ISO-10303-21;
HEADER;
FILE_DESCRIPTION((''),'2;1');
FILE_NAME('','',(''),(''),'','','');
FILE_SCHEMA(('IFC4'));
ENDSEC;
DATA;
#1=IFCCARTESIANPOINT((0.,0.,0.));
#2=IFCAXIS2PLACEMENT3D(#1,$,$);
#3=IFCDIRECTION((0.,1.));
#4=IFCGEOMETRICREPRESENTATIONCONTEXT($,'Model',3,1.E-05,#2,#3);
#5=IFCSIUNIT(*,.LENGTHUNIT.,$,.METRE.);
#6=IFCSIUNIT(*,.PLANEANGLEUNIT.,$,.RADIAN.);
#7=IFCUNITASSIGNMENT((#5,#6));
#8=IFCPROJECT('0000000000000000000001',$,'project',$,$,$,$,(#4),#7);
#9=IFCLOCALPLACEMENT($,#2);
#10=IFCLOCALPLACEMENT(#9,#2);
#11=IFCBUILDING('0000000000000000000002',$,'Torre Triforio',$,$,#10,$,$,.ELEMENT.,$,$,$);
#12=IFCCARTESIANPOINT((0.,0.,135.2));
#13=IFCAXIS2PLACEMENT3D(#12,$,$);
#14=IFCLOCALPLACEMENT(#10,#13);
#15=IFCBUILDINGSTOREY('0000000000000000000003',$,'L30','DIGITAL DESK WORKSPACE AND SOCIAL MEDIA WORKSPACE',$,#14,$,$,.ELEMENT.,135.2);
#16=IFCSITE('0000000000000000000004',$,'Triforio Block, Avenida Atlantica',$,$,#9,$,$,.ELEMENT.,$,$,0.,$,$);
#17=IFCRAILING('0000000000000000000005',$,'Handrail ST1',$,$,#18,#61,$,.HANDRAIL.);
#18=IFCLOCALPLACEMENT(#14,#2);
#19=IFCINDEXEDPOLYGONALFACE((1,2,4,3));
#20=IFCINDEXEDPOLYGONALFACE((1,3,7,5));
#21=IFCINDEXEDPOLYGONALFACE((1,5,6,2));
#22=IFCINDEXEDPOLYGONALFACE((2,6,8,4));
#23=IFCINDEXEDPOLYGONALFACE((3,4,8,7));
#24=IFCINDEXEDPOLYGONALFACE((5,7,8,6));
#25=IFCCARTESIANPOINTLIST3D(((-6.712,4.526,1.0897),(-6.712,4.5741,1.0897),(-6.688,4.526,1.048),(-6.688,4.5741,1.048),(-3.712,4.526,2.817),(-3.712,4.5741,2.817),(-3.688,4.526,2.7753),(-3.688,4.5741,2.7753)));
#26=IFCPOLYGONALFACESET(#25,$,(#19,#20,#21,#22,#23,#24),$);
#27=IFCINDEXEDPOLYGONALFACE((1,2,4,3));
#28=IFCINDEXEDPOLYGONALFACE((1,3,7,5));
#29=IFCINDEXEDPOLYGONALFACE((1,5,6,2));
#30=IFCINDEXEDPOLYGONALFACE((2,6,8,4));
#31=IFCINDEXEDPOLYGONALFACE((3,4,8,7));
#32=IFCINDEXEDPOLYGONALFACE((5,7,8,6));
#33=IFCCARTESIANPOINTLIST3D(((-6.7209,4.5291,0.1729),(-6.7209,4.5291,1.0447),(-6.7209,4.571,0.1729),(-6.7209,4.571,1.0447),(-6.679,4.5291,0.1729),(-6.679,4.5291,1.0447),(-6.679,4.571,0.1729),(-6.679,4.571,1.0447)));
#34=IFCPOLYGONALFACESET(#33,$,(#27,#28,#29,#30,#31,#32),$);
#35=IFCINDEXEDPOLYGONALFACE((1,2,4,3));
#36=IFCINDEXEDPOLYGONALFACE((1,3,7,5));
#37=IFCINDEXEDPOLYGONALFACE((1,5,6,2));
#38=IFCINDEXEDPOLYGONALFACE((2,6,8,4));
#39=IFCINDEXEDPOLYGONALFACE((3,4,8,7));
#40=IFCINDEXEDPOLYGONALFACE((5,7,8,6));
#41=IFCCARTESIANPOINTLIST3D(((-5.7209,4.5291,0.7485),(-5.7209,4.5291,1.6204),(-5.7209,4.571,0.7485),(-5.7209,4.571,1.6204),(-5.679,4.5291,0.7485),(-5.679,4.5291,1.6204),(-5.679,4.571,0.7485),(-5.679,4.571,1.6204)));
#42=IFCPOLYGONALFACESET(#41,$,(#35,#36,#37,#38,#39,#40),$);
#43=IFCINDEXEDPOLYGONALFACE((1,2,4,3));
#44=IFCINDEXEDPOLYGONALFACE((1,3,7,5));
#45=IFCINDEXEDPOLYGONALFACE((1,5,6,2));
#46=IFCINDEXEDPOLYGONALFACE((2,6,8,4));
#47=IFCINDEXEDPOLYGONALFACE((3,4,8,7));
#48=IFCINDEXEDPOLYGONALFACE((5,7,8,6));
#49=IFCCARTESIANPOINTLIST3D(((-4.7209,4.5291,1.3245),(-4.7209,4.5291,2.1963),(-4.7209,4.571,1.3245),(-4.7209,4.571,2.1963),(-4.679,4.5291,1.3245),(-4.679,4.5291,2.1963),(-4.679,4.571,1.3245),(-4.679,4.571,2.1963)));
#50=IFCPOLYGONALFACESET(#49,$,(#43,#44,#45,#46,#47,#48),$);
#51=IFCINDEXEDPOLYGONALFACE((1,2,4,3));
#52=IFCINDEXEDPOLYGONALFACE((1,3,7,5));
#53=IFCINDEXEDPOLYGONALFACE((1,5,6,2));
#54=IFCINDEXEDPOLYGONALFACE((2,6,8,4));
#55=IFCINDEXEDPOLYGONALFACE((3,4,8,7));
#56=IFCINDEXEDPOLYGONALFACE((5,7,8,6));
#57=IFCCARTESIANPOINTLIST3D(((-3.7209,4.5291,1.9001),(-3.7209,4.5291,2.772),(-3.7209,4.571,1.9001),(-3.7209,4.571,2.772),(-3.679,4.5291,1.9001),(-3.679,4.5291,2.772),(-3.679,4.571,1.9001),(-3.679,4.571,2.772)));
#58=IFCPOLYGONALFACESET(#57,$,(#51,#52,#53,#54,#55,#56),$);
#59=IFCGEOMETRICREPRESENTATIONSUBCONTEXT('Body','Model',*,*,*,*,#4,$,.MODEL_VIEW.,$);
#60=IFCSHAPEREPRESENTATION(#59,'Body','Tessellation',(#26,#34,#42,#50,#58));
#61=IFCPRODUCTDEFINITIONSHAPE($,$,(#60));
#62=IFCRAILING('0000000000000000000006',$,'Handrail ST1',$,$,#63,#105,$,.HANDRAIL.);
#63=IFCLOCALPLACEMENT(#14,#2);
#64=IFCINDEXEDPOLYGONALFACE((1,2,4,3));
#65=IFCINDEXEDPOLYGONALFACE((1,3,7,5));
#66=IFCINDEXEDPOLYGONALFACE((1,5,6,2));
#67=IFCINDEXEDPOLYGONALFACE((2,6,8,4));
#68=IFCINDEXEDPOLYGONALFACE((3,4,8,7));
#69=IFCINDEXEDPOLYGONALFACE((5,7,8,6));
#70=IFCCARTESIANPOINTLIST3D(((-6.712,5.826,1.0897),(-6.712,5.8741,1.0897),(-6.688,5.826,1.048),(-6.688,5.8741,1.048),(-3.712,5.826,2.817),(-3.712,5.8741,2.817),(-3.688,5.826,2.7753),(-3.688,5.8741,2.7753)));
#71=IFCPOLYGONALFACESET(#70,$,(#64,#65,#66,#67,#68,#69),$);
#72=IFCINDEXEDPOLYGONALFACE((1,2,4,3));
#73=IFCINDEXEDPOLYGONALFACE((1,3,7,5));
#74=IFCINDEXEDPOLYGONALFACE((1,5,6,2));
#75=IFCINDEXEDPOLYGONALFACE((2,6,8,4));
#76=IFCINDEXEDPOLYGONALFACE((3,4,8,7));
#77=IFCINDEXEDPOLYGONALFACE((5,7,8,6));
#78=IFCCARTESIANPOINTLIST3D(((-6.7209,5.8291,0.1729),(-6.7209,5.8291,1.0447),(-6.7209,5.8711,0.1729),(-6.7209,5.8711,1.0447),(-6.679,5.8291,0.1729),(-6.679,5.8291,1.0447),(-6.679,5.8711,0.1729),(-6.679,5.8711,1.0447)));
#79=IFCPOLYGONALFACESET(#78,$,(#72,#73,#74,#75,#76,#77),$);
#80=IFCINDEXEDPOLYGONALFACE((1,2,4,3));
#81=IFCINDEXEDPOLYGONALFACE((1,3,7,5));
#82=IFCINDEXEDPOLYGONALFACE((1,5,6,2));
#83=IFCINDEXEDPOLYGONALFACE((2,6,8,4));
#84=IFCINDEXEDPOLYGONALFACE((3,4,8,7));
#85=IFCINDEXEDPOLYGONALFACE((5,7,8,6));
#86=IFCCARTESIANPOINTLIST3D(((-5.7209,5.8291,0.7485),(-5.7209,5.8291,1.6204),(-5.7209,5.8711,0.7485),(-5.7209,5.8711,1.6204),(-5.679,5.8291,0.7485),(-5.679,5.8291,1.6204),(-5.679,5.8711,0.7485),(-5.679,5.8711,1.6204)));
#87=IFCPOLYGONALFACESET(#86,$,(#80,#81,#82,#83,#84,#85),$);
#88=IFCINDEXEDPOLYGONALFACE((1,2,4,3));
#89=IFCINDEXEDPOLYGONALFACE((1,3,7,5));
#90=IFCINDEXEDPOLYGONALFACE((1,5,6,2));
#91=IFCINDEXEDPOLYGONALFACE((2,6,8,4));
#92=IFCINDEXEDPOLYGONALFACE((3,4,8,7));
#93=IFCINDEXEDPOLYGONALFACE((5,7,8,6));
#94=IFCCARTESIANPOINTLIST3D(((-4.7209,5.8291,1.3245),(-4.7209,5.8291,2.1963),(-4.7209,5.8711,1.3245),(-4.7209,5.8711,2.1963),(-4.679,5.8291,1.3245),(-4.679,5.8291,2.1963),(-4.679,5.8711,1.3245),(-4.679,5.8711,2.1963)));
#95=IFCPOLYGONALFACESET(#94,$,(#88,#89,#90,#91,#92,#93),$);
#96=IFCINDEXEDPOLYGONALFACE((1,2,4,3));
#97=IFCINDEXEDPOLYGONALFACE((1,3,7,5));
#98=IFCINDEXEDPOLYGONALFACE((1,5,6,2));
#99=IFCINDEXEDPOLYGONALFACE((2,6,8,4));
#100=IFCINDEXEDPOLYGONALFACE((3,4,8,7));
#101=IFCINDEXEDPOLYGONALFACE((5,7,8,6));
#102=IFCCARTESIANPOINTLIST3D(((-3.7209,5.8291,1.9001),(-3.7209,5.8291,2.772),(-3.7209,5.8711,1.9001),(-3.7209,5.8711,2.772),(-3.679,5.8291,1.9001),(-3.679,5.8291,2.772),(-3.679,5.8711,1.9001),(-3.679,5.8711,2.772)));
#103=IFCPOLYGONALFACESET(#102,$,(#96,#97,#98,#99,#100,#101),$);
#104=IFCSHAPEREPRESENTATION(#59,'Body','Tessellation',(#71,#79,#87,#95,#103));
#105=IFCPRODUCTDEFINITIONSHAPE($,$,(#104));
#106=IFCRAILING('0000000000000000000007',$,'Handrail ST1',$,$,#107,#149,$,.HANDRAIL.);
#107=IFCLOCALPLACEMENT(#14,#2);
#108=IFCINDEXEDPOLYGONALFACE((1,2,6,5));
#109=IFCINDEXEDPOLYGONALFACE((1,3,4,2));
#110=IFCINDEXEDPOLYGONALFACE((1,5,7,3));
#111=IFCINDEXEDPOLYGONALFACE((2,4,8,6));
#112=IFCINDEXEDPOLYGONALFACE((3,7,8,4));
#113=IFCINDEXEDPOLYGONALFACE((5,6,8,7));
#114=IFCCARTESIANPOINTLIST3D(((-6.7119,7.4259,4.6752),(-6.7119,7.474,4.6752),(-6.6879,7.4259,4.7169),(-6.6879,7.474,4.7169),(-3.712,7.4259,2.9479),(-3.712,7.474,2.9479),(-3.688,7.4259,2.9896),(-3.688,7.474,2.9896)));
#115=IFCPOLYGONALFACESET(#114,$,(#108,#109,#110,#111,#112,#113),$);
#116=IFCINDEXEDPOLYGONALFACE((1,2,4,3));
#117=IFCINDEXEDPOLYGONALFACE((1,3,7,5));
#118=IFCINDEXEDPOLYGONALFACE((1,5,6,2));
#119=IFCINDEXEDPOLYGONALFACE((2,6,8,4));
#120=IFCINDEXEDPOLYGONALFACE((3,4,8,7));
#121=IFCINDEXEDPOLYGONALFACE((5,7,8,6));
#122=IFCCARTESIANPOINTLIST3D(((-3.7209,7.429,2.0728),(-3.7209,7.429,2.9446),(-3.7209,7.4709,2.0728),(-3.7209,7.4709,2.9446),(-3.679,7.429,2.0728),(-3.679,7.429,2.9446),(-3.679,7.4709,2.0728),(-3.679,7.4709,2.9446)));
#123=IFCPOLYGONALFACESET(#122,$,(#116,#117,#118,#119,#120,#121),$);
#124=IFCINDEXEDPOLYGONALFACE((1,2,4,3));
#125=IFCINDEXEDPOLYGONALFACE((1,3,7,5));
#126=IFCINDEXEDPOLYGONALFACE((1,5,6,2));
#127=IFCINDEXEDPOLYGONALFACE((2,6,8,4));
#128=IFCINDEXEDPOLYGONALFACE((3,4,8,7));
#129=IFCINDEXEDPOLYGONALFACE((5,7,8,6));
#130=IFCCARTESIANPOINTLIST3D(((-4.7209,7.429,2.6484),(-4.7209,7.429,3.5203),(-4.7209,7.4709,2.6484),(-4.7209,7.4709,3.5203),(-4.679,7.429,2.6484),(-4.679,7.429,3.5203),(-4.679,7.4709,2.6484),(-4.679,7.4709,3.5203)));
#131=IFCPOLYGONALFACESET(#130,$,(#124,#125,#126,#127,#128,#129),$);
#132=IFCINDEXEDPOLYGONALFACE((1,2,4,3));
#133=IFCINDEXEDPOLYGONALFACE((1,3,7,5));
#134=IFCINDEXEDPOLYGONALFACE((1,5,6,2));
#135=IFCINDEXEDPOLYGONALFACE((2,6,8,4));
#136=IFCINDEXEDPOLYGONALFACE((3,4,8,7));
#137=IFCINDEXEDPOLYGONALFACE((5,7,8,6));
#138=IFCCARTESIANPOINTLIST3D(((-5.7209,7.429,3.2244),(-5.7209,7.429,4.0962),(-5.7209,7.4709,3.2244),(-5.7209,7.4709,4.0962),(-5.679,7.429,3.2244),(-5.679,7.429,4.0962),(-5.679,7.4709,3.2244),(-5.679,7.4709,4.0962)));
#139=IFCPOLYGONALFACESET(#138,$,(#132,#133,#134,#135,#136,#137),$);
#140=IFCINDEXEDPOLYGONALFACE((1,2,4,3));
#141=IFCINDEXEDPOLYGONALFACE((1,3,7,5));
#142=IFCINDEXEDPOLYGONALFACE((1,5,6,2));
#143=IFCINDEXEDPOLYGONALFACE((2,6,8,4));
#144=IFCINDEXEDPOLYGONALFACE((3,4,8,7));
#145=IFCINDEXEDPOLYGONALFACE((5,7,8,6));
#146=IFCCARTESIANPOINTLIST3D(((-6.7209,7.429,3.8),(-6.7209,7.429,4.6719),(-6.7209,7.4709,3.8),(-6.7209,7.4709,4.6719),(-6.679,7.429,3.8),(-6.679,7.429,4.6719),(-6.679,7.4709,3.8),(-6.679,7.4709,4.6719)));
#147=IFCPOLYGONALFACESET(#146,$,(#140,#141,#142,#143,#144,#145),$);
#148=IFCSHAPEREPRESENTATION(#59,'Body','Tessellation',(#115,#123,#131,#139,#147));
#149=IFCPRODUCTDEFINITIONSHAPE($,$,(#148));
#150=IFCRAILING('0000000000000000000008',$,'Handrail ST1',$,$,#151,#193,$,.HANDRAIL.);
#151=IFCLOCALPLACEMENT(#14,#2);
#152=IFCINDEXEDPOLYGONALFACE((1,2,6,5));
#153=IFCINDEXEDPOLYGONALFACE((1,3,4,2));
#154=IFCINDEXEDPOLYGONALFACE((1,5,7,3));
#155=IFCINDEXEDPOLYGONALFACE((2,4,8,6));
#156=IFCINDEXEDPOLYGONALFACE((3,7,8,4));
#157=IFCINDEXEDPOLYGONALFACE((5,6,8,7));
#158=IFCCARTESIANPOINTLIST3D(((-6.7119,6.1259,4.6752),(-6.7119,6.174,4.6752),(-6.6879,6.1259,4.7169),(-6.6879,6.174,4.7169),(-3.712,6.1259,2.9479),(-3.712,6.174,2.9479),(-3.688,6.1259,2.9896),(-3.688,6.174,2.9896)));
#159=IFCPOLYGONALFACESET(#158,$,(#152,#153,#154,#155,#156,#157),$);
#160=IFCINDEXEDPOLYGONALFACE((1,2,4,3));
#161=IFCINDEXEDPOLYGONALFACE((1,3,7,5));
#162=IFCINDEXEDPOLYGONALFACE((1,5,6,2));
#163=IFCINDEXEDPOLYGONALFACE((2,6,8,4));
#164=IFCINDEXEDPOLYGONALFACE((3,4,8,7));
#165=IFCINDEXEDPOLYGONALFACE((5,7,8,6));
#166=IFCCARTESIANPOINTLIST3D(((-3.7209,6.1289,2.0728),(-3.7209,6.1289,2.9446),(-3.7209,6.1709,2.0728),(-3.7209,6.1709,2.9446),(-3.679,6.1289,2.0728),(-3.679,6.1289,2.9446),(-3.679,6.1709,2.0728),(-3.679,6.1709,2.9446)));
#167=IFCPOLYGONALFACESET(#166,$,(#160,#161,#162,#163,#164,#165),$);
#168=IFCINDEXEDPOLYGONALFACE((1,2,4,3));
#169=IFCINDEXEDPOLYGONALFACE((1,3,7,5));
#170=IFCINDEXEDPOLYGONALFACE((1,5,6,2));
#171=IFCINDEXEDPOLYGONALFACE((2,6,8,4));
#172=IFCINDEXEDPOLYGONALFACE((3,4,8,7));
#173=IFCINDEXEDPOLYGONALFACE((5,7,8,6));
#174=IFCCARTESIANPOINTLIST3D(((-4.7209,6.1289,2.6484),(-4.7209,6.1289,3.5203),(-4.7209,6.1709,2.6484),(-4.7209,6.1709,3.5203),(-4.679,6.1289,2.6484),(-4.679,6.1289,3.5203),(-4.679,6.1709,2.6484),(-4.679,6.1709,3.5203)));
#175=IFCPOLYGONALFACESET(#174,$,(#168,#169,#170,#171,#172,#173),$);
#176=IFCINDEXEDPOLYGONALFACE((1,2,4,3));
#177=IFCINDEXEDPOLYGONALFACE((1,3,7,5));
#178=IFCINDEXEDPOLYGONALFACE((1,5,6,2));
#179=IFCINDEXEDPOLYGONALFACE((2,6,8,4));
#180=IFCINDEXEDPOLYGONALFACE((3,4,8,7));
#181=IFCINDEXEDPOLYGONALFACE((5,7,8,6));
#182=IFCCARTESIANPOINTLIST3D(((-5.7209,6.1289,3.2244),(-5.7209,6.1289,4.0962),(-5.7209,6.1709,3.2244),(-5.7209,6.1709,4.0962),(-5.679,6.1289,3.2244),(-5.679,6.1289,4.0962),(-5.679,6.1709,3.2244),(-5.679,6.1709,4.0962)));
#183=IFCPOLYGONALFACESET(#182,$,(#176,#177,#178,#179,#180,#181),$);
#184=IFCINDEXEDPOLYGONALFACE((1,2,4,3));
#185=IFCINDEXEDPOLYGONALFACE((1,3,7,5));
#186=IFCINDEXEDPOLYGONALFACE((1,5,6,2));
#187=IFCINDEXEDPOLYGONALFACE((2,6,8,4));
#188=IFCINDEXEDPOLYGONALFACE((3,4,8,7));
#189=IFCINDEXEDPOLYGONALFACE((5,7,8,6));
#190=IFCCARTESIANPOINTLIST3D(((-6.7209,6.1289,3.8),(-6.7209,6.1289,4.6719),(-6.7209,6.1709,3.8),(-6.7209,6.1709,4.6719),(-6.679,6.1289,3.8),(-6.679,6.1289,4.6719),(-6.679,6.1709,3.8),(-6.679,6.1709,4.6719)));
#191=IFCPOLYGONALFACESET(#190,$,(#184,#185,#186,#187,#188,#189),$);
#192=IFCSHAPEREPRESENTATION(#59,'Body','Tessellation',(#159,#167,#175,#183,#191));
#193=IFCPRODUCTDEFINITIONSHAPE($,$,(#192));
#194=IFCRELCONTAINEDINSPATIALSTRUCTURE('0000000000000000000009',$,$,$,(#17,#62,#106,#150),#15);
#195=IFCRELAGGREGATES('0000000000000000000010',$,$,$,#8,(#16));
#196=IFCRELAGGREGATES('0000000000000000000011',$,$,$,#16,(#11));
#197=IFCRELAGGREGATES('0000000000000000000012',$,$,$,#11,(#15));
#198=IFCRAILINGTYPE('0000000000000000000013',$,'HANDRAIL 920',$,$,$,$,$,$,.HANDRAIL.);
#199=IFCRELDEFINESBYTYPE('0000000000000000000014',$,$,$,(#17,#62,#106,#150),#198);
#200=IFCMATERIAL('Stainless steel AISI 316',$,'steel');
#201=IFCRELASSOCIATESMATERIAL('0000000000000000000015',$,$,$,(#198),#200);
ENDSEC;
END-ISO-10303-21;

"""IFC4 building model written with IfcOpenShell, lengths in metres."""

from ifc_helpers import new_model, si_unit, direction, frame, origin, origin_2d, place, context, subcontext, project, spatial, rectangle, extrude, material, type_object, element, save


model = new_model("IFC4")

# Units and contexts
model_context = context("Model", 3, precision=1e-05, world=origin(), true_north=direction((0.0, 1.0)))
body_context = subcontext(model_context, "Body", "Model", "MODEL_VIEW")
ifc_project = project(units=[si_unit("LENGTHUNIT", "METRE"), si_unit("PLANEANGLEUNIT", "RADIAN")], contexts=[model_context])

# Site, building, storey
site_placement = place(None, origin())
site = spatial("IfcSite", under=ifc_project, at=site_placement, Name="Triforio Block, Avenida Atlantica", CompositionType="ELEMENT", RefElevation=0.0)
building_placement = place(site_placement, origin())
building = spatial("IfcBuilding", under=site, at=building_placement, Name="Torre Triforio", CompositionType="ELEMENT")
storey_placement = place(building_placement, frame((0.0, 0.0, 135.2)))
storey = spatial("IfcBuildingStorey", under=building, at=storey_placement, Name="L30", Description="DIGITAL DESK WORKSPACE AND SOCIAL MEDIA WORKSPACE", CompositionType="ELEMENT", Elevation=135.2)

# Railings
ifc_material_1 = material(Name="Stainless steel AISI 316", Category="steel")
railing_type = type_object("IfcRailingType", Name="HANDRAIL 920", PredefinedType="HANDRAIL", material=ifc_material_1)
for number, where, name in (
    (1, (-6.7, 4.55, 0.1729), "Handrail ST1"),
    (2, (-6.7, 5.8501, 0.1729), "Handrail ST1"),
):
    element("IfcRailing", number, at=place(storey_placement, frame(where)), inside=storey, type_object=railing_type, Name=name, PredefinedType="HANDRAIL", context=body_context, shape_type="SweptSolid", body=[
        extrude(rectangle(XDim=0.0481, YDim=0.0481, at=origin_2d()), frame((0.0, 0.0, 0.896), z_axis=(0.86662, 0.0, 0.498969), x_axis=(0.0, 1.0, 0.0)), (0.0, 0.0, 1.0), 3.4617),
        extrude(rectangle(XDim=0.042, YDim=0.042, at=origin_2d()), origin(), (0.0, 0.0, 1.0), 0.8718),
        extrude(rectangle(XDim=0.042, YDim=0.042, at=origin_2d()), frame((1.0, 0.0, 0.5757)), (0.0, 0.0, 1.0), 0.8718),
        extrude(rectangle(XDim=0.042, YDim=0.042, at=origin_2d()), frame((2.0, 0.0, 1.1516)), (0.0, 0.0, 1.0), 0.8718),
        extrude(rectangle(XDim=0.042, YDim=0.042, at=origin_2d()), frame((3.0, 0.0, 1.7273)), (0.0, 0.0, 1.0), 0.8718),
    ])
for number, where, name in (
    (3, (-3.7, 7.45, 2.0728), "Handrail ST1"),
    (4, (-3.7, 6.1499, 2.0728), "Handrail ST1"),
):
    element("IfcRailing", number, at=place(storey_placement, frame(where)), inside=storey, type_object=railing_type, Name=name, PredefinedType="HANDRAIL", context=body_context, shape_type="SweptSolid", body=[
        extrude(rectangle(XDim=0.0481, YDim=0.0481, at=origin_2d()), frame((0.0, 0.0, 0.896), z_axis=(-0.86662, 0.0, 0.498969), x_axis=(0.0, -1.0, 0.0)), (0.0, 0.0, 1.0), 3.4617),
        extrude(rectangle(XDim=0.042, YDim=0.042, at=origin_2d()), origin(), (0.0, 0.0, 1.0), 0.8718),
        extrude(rectangle(XDim=0.042, YDim=0.042, at=origin_2d()), frame((-1.0, 0.0, 0.5757)), (0.0, 0.0, 1.0), 0.8718),
        extrude(rectangle(XDim=0.042, YDim=0.042, at=origin_2d()), frame((-2.0, 0.0, 1.1516)), (0.0, 0.0, 1.0), 0.8718),
        extrude(rectangle(XDim=0.042, YDim=0.042, at=origin_2d()), frame((-3.0, 0.0, 1.7273)), (0.0, 0.0, 1.0), 0.8718),
    ])

save(model, "model.ifc")
